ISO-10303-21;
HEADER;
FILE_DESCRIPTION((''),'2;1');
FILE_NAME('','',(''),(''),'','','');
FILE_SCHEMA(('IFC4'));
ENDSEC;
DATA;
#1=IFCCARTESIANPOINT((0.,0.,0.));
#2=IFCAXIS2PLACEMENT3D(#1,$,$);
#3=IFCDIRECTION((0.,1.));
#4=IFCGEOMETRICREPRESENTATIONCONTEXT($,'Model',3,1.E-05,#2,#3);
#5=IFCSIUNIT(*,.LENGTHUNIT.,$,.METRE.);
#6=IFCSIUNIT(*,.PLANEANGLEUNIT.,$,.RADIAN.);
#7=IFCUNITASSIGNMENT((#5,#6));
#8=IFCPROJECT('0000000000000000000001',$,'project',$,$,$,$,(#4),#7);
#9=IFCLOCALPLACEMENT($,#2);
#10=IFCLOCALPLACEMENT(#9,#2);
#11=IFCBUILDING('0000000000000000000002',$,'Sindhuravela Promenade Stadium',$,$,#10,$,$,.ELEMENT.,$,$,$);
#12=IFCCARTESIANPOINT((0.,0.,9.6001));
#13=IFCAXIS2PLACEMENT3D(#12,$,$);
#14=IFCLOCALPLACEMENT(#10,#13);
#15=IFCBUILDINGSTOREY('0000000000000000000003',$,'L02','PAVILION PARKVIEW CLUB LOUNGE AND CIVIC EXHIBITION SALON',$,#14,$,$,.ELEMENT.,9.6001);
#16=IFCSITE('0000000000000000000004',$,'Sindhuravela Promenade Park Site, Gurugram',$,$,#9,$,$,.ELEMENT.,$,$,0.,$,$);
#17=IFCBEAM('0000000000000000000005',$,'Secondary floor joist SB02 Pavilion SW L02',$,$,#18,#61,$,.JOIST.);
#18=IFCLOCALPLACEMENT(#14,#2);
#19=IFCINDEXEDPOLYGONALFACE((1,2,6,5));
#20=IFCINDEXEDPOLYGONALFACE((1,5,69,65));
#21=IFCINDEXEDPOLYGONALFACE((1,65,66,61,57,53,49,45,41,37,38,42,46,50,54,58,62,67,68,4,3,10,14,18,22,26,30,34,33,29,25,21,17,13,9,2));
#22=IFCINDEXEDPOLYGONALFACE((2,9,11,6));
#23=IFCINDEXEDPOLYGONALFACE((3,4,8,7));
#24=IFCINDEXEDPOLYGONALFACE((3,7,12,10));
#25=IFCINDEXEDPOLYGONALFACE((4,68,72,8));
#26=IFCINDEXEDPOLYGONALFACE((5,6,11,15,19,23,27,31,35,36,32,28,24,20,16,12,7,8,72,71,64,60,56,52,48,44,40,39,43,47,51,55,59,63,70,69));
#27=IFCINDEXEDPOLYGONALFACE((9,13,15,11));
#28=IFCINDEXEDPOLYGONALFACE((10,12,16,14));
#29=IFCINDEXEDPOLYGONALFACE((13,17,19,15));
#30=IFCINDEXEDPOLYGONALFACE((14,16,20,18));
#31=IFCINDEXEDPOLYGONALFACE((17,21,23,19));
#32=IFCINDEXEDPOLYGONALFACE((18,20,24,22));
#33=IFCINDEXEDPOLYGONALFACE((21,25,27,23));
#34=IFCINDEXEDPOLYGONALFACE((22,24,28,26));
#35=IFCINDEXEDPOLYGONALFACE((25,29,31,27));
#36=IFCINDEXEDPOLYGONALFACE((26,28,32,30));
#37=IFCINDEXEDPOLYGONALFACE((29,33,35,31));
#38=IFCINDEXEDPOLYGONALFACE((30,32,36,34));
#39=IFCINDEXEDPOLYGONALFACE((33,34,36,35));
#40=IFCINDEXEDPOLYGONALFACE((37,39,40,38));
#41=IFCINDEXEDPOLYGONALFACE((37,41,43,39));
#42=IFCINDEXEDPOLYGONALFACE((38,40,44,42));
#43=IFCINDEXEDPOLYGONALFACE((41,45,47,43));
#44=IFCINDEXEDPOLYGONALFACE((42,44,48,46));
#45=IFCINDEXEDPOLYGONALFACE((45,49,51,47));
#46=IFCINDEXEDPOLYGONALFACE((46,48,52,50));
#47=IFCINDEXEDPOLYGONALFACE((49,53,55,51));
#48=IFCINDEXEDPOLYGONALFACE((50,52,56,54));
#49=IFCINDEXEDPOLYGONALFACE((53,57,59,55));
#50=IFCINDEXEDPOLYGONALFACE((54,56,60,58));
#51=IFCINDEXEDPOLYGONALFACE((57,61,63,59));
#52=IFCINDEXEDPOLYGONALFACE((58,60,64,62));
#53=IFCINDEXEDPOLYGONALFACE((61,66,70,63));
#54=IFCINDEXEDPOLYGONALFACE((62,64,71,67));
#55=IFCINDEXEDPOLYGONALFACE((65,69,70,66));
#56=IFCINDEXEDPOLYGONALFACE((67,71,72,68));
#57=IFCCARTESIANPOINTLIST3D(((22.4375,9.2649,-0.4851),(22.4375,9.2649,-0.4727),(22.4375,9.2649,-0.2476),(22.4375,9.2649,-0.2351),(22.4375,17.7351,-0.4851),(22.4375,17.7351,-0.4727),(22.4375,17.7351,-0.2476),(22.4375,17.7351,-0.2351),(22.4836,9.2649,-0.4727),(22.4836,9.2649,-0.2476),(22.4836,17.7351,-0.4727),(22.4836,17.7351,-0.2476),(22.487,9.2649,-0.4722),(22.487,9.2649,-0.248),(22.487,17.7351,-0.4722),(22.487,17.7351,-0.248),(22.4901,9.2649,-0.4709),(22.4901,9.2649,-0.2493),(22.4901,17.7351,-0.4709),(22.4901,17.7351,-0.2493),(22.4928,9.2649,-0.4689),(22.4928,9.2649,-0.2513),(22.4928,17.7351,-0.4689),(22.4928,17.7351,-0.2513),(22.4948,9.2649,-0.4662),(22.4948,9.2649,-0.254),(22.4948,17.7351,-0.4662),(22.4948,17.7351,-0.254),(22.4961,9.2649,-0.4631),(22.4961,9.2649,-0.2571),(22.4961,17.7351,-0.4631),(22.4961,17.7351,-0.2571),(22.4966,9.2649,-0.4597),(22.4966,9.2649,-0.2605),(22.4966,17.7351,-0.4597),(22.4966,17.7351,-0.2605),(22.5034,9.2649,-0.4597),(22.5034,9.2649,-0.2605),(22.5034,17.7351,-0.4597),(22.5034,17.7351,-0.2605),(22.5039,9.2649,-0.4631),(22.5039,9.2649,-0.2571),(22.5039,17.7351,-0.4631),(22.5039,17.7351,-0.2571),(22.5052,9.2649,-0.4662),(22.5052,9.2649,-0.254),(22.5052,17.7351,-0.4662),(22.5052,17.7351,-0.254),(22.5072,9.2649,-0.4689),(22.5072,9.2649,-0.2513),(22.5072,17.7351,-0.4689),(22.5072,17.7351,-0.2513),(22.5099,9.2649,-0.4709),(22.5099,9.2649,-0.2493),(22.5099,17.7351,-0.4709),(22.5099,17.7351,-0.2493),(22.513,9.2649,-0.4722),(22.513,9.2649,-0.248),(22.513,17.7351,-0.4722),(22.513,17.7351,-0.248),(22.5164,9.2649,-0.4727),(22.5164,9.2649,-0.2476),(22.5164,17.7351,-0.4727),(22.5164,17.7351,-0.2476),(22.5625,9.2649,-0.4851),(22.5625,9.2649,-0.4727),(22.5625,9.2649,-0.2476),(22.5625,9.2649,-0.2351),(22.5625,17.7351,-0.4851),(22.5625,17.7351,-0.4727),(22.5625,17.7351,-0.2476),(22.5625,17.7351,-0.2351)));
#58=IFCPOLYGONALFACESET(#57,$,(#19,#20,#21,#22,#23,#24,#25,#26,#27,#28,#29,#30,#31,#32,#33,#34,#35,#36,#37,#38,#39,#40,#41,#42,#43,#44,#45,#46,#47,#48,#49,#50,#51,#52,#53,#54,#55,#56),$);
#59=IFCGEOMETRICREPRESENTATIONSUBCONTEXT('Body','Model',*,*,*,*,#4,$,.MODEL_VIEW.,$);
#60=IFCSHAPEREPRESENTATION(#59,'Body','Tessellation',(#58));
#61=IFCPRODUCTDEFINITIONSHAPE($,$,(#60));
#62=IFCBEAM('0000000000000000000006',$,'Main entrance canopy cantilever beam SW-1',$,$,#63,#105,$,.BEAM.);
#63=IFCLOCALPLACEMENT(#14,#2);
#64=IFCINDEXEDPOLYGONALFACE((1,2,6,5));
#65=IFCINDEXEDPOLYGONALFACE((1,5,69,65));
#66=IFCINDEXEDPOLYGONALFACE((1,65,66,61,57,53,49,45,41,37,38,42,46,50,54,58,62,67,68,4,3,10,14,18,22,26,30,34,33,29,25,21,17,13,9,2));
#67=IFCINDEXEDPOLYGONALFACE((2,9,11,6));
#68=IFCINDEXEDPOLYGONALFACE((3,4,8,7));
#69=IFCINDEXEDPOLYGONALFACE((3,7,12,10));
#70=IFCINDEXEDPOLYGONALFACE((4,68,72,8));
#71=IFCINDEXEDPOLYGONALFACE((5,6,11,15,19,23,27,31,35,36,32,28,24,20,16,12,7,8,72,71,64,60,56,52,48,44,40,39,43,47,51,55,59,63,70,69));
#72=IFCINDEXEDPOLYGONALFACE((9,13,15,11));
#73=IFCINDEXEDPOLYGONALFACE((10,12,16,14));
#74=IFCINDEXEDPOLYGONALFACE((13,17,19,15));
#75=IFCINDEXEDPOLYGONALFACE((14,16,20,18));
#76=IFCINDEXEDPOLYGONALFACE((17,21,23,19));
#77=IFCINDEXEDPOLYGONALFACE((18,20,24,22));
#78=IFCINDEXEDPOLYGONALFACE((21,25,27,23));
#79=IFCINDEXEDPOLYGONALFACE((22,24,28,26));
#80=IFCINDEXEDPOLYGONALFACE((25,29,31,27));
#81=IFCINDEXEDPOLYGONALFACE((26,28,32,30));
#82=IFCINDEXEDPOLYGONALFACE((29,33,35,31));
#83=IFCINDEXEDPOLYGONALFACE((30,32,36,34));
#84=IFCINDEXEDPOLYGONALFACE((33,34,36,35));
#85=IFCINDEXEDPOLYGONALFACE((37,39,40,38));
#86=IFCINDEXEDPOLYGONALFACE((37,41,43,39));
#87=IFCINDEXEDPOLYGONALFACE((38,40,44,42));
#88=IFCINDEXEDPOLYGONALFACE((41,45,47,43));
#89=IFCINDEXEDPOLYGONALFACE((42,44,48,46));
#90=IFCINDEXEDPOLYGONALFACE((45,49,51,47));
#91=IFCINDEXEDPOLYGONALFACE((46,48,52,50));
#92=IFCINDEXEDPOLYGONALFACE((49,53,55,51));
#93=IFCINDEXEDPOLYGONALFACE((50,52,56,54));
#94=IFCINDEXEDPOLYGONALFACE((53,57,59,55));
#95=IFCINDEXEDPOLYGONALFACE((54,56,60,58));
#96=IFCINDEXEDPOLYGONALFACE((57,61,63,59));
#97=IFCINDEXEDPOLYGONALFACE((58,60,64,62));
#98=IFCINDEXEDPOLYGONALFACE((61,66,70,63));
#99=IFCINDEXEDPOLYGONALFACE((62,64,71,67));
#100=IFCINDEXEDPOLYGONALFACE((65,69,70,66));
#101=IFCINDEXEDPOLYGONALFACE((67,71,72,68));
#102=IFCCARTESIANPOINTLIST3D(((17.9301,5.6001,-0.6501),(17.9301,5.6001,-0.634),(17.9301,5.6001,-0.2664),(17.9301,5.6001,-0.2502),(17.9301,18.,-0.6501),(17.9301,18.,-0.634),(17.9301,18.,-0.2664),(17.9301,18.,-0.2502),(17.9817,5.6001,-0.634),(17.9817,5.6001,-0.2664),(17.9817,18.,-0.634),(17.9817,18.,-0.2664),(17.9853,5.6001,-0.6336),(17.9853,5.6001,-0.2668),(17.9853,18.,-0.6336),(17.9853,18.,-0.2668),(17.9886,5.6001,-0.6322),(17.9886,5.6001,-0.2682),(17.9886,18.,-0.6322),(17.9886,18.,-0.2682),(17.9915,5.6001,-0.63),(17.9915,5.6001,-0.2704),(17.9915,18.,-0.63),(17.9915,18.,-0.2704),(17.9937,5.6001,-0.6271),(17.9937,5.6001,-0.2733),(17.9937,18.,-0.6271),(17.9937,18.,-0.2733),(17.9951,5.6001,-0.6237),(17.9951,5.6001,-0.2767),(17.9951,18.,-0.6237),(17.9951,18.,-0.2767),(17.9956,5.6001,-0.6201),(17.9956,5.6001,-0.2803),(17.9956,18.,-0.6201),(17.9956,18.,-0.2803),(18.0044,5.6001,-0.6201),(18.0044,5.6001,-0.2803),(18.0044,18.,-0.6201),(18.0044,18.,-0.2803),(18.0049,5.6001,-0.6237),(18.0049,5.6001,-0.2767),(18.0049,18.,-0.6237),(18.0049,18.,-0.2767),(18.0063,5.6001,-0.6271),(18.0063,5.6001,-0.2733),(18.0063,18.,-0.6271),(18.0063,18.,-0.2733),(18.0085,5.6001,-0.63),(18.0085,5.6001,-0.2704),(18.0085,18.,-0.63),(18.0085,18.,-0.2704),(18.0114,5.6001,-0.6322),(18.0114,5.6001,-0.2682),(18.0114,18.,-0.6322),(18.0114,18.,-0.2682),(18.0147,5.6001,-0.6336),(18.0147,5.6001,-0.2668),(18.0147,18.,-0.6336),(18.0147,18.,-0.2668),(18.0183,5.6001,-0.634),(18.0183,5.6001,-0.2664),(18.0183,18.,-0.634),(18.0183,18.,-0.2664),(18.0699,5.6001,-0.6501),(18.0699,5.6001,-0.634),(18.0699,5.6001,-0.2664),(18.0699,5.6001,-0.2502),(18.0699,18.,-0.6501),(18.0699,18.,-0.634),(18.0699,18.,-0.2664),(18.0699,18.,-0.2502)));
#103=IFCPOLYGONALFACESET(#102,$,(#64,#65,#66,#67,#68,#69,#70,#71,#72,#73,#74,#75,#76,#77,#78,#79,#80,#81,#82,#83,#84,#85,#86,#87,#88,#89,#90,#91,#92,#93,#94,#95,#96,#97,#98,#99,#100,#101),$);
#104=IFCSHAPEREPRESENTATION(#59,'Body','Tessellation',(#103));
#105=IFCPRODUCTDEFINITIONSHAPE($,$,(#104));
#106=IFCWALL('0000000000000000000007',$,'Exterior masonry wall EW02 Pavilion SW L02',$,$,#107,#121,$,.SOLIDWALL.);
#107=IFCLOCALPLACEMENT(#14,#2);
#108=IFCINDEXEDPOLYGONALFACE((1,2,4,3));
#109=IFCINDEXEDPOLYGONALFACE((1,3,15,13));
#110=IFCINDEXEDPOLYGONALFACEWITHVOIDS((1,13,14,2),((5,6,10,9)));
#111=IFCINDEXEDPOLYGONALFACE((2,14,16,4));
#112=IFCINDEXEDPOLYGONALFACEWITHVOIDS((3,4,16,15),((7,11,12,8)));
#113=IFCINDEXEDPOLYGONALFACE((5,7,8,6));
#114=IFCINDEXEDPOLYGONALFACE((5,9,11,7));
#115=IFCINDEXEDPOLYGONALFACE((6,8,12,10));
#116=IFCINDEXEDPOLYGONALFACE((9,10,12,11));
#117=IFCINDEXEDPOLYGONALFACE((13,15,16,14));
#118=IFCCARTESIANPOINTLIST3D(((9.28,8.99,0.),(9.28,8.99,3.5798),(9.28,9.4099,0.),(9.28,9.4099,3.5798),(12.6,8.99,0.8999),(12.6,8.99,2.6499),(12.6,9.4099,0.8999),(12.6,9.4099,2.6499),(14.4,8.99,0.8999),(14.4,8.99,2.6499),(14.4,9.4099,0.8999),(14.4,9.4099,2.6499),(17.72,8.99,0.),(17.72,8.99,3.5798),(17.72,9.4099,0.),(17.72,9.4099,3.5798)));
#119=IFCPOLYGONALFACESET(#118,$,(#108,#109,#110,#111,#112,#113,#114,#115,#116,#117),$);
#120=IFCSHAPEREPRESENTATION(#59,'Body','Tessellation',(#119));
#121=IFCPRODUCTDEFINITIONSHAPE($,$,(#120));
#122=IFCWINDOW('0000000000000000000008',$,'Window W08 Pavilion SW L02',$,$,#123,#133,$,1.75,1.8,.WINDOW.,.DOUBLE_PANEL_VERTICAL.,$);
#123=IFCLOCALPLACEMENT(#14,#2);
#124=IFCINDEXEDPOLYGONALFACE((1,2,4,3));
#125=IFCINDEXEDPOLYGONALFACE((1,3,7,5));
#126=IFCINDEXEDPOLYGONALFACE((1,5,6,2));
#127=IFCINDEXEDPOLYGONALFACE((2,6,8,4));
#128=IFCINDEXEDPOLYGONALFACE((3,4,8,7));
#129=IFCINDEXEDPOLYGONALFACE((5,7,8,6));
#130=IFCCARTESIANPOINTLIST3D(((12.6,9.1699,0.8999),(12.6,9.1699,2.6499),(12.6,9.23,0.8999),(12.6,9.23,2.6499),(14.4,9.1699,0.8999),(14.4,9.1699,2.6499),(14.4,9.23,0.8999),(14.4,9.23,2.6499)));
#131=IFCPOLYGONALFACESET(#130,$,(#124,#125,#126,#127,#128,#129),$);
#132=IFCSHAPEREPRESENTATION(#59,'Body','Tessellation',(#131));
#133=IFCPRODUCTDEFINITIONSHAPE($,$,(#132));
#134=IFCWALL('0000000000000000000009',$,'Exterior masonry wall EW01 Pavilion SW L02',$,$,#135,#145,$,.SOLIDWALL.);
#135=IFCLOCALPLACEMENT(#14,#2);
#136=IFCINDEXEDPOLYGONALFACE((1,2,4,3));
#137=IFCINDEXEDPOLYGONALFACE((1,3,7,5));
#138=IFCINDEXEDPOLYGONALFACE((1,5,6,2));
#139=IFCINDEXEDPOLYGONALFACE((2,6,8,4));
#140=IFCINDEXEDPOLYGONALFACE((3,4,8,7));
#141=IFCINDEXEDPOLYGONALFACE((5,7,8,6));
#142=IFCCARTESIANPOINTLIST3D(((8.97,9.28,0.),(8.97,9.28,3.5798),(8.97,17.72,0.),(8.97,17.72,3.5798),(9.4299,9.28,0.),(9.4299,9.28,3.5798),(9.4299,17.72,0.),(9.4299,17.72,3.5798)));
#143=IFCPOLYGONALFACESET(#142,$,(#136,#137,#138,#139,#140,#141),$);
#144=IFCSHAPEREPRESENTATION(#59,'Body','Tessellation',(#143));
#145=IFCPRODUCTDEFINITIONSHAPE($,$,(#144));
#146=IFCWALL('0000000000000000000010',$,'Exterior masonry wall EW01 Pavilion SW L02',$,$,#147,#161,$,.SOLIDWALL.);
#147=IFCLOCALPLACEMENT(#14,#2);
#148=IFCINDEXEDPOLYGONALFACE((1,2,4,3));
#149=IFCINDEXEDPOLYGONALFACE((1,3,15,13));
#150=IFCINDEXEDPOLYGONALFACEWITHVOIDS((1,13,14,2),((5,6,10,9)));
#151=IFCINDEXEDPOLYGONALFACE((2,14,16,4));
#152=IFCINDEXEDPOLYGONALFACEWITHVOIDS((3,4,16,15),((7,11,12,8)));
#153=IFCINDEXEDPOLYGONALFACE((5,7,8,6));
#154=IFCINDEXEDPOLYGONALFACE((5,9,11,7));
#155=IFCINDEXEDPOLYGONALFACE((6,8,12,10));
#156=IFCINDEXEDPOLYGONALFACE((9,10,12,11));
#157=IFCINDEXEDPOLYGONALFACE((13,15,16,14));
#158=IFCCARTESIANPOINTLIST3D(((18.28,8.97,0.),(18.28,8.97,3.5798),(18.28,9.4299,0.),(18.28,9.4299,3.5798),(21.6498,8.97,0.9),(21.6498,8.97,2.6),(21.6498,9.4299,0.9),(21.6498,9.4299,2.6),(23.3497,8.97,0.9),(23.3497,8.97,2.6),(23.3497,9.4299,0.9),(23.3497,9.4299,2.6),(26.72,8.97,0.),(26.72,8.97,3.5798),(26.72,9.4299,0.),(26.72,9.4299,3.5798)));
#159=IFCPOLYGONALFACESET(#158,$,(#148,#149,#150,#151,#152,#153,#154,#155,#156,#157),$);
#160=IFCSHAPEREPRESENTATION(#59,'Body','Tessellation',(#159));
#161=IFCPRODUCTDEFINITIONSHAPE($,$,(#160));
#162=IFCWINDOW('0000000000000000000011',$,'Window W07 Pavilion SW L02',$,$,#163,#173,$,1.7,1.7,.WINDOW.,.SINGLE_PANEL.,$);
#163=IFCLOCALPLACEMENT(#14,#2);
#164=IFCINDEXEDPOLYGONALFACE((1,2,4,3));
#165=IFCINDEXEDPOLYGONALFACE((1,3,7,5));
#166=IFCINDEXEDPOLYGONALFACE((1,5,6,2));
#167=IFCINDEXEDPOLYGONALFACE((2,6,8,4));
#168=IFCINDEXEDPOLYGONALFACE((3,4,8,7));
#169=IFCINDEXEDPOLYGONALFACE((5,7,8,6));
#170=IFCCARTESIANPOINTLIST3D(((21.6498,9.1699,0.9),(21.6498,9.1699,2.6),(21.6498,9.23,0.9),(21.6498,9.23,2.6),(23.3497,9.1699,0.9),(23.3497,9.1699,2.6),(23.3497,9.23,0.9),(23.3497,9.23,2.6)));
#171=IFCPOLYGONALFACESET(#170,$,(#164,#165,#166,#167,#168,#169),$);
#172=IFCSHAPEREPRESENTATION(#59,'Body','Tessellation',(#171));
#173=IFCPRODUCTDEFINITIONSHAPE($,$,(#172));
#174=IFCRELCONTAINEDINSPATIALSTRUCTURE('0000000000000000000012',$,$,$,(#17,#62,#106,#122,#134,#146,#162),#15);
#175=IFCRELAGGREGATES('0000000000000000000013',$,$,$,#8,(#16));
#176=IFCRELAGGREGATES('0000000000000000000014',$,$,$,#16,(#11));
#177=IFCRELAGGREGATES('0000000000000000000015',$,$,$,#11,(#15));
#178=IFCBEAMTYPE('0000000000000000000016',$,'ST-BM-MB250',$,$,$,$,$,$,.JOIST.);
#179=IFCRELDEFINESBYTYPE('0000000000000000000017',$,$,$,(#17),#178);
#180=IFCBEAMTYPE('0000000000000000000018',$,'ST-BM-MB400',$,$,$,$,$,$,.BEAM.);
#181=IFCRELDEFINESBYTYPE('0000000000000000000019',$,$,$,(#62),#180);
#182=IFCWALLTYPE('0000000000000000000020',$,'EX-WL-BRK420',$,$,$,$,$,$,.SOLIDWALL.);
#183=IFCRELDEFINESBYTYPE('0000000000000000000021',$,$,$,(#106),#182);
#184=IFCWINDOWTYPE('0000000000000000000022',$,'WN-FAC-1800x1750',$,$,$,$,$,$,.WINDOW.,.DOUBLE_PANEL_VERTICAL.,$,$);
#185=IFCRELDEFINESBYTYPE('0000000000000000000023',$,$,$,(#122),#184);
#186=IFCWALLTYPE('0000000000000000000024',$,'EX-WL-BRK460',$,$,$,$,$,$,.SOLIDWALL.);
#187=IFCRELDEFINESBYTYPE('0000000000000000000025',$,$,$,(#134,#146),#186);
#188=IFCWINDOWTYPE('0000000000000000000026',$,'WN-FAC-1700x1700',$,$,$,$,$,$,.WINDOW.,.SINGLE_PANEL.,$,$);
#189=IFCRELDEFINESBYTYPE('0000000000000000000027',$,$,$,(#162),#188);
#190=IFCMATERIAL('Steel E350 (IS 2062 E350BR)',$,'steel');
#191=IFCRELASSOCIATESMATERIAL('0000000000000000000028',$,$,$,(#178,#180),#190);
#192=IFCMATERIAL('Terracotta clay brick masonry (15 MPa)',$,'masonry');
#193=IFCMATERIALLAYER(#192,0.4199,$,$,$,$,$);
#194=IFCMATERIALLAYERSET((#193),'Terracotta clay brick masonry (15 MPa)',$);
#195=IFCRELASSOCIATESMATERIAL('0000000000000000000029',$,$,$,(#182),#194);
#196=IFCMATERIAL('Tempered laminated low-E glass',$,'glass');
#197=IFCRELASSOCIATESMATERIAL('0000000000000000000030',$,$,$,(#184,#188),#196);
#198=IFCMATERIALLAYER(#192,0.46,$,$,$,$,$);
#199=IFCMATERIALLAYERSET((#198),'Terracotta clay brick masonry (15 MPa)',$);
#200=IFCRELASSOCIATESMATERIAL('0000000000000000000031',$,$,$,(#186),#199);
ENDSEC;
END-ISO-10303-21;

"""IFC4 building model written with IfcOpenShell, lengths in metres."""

from ifc_helpers import new_model, si_unit, direction, frame, frame_2d, origin, origin_2d, place, context, subcontext, project, spatial, rectangle, i_section, extrude, material, layer, layer_set, material_profile, profile_set, type_object, element, fill, save


model = new_model("IFC4")

# Units and contexts
model_context = context("Model", 3, precision=1e-05, world=origin(), true_north=direction((0.0, 1.0)))
body_context = subcontext(model_context, "Body", "Model", "MODEL_VIEW")
ifc_project = project(units=[si_unit("LENGTHUNIT", "METRE"), si_unit("PLANEANGLEUNIT", "RADIAN")], contexts=[model_context])

# Site, building, storey
site_placement = place(None, origin())
site = spatial("IfcSite", under=ifc_project, at=site_placement, Name="Sindhuravela Promenade Park Site, Gurugram", CompositionType="ELEMENT", RefElevation=0.0)
building_placement = place(site_placement, origin())
building = spatial("IfcBuilding", under=site, at=building_placement, Name="Sindhuravela Promenade Stadium", CompositionType="ELEMENT")
storey_placement = place(building_placement, frame((0.0, 0.0, 9.6001)))
storey = spatial("IfcBuildingStorey", under=building, at=storey_placement, Name="L02", Description="PAVILION PARKVIEW CLUB LOUNGE AND CIVIC EXHIBITION SALON", CompositionType="ELEMENT", Elevation=9.6001)

# Beams
ifc_material_1 = material(Name="Steel E350 (IS 2062 E350BR)", Category="steel")
ifc_material_profile_1 = material_profile(ifc_material_1, i_section(OverallWidth=0.125, OverallDepth=0.25, WebThickness=0.0068, FlangeThickness=0.0125, FilletRadius=0.0129, at=origin_2d()), Name="ISMB 250")
ifc_profile_set_1 = profile_set([ifc_material_profile_1], Name="Steel E350 (IS 2062 E350BR)")
beam_type_1 = type_object("IfcBeamType", Name="ST-BM-MB250", PredefinedType="JOIST", material=ifc_profile_set_1)
beam_1_placement = place(storey_placement, frame((22.5, 9.2649, -0.3601), z_axis=(0.0, 1.0, 0.0), x_axis=(-1.0, 0.0, 0.0)))
element("IfcBeam", 1, at=beam_1_placement, inside=storey, type_object=beam_type_1, Name="Secondary floor joist SB02 Pavilion SW L02", PredefinedType="JOIST", context=body_context, shape_type="SweptSolid", body=[
    extrude(i_section(OverallWidth=0.125, OverallDepth=0.25, WebThickness=0.0068, FlangeThickness=0.0125, FilletRadius=0.0129, at=origin_2d()), origin(), (0.0, 0.0, 1.0), 8.4702),
])
ifc_material_profile_2 = material_profile(ifc_material_1, i_section(OverallWidth=0.1399, OverallDepth=0.3999, WebThickness=0.0088, FlangeThickness=0.0161, FilletRadius=0.0139, at=origin_2d()), Name="ISMB 400")
ifc_profile_set_2 = profile_set([ifc_material_profile_2], Name="Steel E350 (IS 2062 E350BR)")
beam_type_2 = type_object("IfcBeamType", Name="ST-BM-MB400", PredefinedType="BEAM", material=ifc_profile_set_2)
beam_2_placement = place(storey_placement, frame((18.0, 18.0, -0.4502), z_axis=(0.0, -1.0, 0.0), x_axis=(1.0, 0.0, 0.0)))
element("IfcBeam", 2, at=beam_2_placement, inside=storey, type_object=beam_type_2, Name="Main entrance canopy cantilever beam SW-1", PredefinedType="BEAM", context=body_context, shape_type="SweptSolid", body=[
    extrude(i_section(OverallWidth=0.1399, OverallDepth=0.3999, WebThickness=0.0088, FlangeThickness=0.0161, FilletRadius=0.0139, at=origin_2d()), origin(), (0.0, 0.0, 1.0), 12.3999),
])

# Wall, opening, window
ifc_material_2 = material(Name="Terracotta clay brick masonry (15 MPa)", Category="masonry")
ifc_layer_1 = layer(ifc_material_2, 0.4199)
ifc_layer_set_1 = layer_set([ifc_layer_1], Name="Terracotta clay brick masonry (15 MPa)")
wall_type_1 = type_object("IfcWallType", Name="EX-WL-BRK420", PredefinedType="SOLIDWALL", material=ifc_layer_set_1)
wall_1_placement = place(storey_placement, frame((17.72, 9.2, 0.0), z_axis=(0.0, 0.0, 1.0), x_axis=(-1.0, 0.0, 0.0)))
wall_1 = element("IfcWall", 3, at=wall_1_placement, inside=storey, type_object=wall_type_1, Name="Exterior masonry wall EW02 Pavilion SW L02", PredefinedType="SOLIDWALL", context=body_context, shape_type="SweptSolid", body=[
    extrude(rectangle(XDim=8.4399, YDim=0.4199, at=frame_2d((4.22, 0.0))), origin(), (0.0, 0.0, 1.0), 3.5798),
])
opening_1_placement = place(wall_1_placement, frame((3.3201, 0.0, 0.8999)))
opening_1 = element("IfcOpeningElement", 4, at=opening_1_placement, cuts=wall_1, PredefinedType="OPENING", context=body_context, shape_type="SweptSolid", body=[
    extrude(rectangle(XDim=1.8, YDim=1.75, at=frame_2d((0.8999, 0.875))), frame((0.0, 0.22, 0.0), z_axis=(0.0, -1.0, 0.0), x_axis=(1.0, 0.0, 0.0)), (0.0, 0.0, 1.0), 0.4399),
])
ifc_material_3 = material(Name="Tempered laminated low-E glass", Category="glass")
window_type_1 = type_object("IfcWindowType", Name="WN-FAC-1800x1750", PartitioningType="DOUBLE_PANEL_VERTICAL", PredefinedType="WINDOW", material=ifc_material_3)
window_1_placement = place(opening_1_placement, origin())
window_1 = element("IfcWindow", 5, at=window_1_placement, inside=storey, type_object=window_type_1, Name="Window W08 Pavilion SW L02", OverallHeight=1.75, OverallWidth=1.8, PartitioningType="DOUBLE_PANEL_VERTICAL", PredefinedType="WINDOW", context=body_context, shape_type="SweptSolid", body=[
    extrude(rectangle(XDim=1.8, YDim=1.75, at=frame_2d((0.8999, 0.875))), frame((0.0, 0.03, 0.0), z_axis=(0.0, -1.0, 0.0), x_axis=(1.0, 0.0, 0.0)), (0.0, 0.0, 1.0), 0.0601),
])
fill(opening_1, window_1)

# Wall
ifc_layer_2 = layer(ifc_material_2, 0.46)
ifc_layer_set_2 = layer_set([ifc_layer_2], Name="Terracotta clay brick masonry (15 MPa)")
wall_type_2 = type_object("IfcWallType", Name="EX-WL-BRK460", PredefinedType="SOLIDWALL", material=ifc_layer_set_2)
wall_2_placement = place(storey_placement, frame((9.2, 9.28, 0.0), z_axis=(0.0, 0.0, 1.0), x_axis=(0.0, 1.0, 0.0)))
element("IfcWall", 6, at=wall_2_placement, inside=storey, type_object=wall_type_2, Name="Exterior masonry wall EW01 Pavilion SW L02", PredefinedType="SOLIDWALL", context=body_context, shape_type="SweptSolid", body=[
    extrude(rectangle(XDim=8.4399, YDim=0.46, at=frame_2d((4.22, 0.0))), origin(), (0.0, 0.0, 1.0), 3.5798),
])

# Wall, opening, window
wall_3_placement = place(storey_placement, frame((26.72, 9.2, 0.0), z_axis=(0.0, 0.0, 1.0), x_axis=(-1.0, 0.0, 0.0)))
wall_3 = element("IfcWall", 7, at=wall_3_placement, inside=storey, type_object=wall_type_2, Name="Exterior masonry wall EW01 Pavilion SW L02", PredefinedType="SOLIDWALL", context=body_context, shape_type="SweptSolid", body=[
    extrude(rectangle(XDim=8.4399, YDim=0.46, at=frame_2d((4.22, 0.0))), origin(), (0.0, 0.0, 1.0), 3.5798),
])
opening_2_placement = place(wall_3_placement, frame((3.3701, 0.0, 0.8999)))
opening_2 = element("IfcOpeningElement", 8, at=opening_2_placement, cuts=wall_3, PredefinedType="OPENING", context=body_context, shape_type="SweptSolid", body=[
    extrude(rectangle(XDim=1.7, YDim=1.7, at=frame_2d((0.8501, 0.8501))), frame((0.0, 0.24, 0.0), z_axis=(0.0, -1.0, 0.0), x_axis=(1.0, 0.0, 0.0)), (0.0, 0.0, 1.0), 0.48),
])
window_type_2 = type_object("IfcWindowType", Name="WN-FAC-1700x1700", PartitioningType="SINGLE_PANEL", PredefinedType="WINDOW", material=ifc_material_3)
window_2_placement = place(opening_2_placement, origin())
window_2 = element("IfcWindow", 9, at=window_2_placement, inside=storey, type_object=window_type_2, Name="Window W07 Pavilion SW L02", OverallHeight=1.7, OverallWidth=1.7, PartitioningType="SINGLE_PANEL", PredefinedType="WINDOW", context=body_context, shape_type="SweptSolid", body=[
    extrude(rectangle(XDim=1.7, YDim=1.7, at=frame_2d((0.8501, 0.8501))), frame((0.0, 0.03, 0.0), z_axis=(0.0, -1.0, 0.0), x_axis=(1.0, 0.0, 0.0)), (0.0, 0.0, 1.0), 0.0601),
])
fill(opening_2, window_2)

save(model, "model.ifc")
